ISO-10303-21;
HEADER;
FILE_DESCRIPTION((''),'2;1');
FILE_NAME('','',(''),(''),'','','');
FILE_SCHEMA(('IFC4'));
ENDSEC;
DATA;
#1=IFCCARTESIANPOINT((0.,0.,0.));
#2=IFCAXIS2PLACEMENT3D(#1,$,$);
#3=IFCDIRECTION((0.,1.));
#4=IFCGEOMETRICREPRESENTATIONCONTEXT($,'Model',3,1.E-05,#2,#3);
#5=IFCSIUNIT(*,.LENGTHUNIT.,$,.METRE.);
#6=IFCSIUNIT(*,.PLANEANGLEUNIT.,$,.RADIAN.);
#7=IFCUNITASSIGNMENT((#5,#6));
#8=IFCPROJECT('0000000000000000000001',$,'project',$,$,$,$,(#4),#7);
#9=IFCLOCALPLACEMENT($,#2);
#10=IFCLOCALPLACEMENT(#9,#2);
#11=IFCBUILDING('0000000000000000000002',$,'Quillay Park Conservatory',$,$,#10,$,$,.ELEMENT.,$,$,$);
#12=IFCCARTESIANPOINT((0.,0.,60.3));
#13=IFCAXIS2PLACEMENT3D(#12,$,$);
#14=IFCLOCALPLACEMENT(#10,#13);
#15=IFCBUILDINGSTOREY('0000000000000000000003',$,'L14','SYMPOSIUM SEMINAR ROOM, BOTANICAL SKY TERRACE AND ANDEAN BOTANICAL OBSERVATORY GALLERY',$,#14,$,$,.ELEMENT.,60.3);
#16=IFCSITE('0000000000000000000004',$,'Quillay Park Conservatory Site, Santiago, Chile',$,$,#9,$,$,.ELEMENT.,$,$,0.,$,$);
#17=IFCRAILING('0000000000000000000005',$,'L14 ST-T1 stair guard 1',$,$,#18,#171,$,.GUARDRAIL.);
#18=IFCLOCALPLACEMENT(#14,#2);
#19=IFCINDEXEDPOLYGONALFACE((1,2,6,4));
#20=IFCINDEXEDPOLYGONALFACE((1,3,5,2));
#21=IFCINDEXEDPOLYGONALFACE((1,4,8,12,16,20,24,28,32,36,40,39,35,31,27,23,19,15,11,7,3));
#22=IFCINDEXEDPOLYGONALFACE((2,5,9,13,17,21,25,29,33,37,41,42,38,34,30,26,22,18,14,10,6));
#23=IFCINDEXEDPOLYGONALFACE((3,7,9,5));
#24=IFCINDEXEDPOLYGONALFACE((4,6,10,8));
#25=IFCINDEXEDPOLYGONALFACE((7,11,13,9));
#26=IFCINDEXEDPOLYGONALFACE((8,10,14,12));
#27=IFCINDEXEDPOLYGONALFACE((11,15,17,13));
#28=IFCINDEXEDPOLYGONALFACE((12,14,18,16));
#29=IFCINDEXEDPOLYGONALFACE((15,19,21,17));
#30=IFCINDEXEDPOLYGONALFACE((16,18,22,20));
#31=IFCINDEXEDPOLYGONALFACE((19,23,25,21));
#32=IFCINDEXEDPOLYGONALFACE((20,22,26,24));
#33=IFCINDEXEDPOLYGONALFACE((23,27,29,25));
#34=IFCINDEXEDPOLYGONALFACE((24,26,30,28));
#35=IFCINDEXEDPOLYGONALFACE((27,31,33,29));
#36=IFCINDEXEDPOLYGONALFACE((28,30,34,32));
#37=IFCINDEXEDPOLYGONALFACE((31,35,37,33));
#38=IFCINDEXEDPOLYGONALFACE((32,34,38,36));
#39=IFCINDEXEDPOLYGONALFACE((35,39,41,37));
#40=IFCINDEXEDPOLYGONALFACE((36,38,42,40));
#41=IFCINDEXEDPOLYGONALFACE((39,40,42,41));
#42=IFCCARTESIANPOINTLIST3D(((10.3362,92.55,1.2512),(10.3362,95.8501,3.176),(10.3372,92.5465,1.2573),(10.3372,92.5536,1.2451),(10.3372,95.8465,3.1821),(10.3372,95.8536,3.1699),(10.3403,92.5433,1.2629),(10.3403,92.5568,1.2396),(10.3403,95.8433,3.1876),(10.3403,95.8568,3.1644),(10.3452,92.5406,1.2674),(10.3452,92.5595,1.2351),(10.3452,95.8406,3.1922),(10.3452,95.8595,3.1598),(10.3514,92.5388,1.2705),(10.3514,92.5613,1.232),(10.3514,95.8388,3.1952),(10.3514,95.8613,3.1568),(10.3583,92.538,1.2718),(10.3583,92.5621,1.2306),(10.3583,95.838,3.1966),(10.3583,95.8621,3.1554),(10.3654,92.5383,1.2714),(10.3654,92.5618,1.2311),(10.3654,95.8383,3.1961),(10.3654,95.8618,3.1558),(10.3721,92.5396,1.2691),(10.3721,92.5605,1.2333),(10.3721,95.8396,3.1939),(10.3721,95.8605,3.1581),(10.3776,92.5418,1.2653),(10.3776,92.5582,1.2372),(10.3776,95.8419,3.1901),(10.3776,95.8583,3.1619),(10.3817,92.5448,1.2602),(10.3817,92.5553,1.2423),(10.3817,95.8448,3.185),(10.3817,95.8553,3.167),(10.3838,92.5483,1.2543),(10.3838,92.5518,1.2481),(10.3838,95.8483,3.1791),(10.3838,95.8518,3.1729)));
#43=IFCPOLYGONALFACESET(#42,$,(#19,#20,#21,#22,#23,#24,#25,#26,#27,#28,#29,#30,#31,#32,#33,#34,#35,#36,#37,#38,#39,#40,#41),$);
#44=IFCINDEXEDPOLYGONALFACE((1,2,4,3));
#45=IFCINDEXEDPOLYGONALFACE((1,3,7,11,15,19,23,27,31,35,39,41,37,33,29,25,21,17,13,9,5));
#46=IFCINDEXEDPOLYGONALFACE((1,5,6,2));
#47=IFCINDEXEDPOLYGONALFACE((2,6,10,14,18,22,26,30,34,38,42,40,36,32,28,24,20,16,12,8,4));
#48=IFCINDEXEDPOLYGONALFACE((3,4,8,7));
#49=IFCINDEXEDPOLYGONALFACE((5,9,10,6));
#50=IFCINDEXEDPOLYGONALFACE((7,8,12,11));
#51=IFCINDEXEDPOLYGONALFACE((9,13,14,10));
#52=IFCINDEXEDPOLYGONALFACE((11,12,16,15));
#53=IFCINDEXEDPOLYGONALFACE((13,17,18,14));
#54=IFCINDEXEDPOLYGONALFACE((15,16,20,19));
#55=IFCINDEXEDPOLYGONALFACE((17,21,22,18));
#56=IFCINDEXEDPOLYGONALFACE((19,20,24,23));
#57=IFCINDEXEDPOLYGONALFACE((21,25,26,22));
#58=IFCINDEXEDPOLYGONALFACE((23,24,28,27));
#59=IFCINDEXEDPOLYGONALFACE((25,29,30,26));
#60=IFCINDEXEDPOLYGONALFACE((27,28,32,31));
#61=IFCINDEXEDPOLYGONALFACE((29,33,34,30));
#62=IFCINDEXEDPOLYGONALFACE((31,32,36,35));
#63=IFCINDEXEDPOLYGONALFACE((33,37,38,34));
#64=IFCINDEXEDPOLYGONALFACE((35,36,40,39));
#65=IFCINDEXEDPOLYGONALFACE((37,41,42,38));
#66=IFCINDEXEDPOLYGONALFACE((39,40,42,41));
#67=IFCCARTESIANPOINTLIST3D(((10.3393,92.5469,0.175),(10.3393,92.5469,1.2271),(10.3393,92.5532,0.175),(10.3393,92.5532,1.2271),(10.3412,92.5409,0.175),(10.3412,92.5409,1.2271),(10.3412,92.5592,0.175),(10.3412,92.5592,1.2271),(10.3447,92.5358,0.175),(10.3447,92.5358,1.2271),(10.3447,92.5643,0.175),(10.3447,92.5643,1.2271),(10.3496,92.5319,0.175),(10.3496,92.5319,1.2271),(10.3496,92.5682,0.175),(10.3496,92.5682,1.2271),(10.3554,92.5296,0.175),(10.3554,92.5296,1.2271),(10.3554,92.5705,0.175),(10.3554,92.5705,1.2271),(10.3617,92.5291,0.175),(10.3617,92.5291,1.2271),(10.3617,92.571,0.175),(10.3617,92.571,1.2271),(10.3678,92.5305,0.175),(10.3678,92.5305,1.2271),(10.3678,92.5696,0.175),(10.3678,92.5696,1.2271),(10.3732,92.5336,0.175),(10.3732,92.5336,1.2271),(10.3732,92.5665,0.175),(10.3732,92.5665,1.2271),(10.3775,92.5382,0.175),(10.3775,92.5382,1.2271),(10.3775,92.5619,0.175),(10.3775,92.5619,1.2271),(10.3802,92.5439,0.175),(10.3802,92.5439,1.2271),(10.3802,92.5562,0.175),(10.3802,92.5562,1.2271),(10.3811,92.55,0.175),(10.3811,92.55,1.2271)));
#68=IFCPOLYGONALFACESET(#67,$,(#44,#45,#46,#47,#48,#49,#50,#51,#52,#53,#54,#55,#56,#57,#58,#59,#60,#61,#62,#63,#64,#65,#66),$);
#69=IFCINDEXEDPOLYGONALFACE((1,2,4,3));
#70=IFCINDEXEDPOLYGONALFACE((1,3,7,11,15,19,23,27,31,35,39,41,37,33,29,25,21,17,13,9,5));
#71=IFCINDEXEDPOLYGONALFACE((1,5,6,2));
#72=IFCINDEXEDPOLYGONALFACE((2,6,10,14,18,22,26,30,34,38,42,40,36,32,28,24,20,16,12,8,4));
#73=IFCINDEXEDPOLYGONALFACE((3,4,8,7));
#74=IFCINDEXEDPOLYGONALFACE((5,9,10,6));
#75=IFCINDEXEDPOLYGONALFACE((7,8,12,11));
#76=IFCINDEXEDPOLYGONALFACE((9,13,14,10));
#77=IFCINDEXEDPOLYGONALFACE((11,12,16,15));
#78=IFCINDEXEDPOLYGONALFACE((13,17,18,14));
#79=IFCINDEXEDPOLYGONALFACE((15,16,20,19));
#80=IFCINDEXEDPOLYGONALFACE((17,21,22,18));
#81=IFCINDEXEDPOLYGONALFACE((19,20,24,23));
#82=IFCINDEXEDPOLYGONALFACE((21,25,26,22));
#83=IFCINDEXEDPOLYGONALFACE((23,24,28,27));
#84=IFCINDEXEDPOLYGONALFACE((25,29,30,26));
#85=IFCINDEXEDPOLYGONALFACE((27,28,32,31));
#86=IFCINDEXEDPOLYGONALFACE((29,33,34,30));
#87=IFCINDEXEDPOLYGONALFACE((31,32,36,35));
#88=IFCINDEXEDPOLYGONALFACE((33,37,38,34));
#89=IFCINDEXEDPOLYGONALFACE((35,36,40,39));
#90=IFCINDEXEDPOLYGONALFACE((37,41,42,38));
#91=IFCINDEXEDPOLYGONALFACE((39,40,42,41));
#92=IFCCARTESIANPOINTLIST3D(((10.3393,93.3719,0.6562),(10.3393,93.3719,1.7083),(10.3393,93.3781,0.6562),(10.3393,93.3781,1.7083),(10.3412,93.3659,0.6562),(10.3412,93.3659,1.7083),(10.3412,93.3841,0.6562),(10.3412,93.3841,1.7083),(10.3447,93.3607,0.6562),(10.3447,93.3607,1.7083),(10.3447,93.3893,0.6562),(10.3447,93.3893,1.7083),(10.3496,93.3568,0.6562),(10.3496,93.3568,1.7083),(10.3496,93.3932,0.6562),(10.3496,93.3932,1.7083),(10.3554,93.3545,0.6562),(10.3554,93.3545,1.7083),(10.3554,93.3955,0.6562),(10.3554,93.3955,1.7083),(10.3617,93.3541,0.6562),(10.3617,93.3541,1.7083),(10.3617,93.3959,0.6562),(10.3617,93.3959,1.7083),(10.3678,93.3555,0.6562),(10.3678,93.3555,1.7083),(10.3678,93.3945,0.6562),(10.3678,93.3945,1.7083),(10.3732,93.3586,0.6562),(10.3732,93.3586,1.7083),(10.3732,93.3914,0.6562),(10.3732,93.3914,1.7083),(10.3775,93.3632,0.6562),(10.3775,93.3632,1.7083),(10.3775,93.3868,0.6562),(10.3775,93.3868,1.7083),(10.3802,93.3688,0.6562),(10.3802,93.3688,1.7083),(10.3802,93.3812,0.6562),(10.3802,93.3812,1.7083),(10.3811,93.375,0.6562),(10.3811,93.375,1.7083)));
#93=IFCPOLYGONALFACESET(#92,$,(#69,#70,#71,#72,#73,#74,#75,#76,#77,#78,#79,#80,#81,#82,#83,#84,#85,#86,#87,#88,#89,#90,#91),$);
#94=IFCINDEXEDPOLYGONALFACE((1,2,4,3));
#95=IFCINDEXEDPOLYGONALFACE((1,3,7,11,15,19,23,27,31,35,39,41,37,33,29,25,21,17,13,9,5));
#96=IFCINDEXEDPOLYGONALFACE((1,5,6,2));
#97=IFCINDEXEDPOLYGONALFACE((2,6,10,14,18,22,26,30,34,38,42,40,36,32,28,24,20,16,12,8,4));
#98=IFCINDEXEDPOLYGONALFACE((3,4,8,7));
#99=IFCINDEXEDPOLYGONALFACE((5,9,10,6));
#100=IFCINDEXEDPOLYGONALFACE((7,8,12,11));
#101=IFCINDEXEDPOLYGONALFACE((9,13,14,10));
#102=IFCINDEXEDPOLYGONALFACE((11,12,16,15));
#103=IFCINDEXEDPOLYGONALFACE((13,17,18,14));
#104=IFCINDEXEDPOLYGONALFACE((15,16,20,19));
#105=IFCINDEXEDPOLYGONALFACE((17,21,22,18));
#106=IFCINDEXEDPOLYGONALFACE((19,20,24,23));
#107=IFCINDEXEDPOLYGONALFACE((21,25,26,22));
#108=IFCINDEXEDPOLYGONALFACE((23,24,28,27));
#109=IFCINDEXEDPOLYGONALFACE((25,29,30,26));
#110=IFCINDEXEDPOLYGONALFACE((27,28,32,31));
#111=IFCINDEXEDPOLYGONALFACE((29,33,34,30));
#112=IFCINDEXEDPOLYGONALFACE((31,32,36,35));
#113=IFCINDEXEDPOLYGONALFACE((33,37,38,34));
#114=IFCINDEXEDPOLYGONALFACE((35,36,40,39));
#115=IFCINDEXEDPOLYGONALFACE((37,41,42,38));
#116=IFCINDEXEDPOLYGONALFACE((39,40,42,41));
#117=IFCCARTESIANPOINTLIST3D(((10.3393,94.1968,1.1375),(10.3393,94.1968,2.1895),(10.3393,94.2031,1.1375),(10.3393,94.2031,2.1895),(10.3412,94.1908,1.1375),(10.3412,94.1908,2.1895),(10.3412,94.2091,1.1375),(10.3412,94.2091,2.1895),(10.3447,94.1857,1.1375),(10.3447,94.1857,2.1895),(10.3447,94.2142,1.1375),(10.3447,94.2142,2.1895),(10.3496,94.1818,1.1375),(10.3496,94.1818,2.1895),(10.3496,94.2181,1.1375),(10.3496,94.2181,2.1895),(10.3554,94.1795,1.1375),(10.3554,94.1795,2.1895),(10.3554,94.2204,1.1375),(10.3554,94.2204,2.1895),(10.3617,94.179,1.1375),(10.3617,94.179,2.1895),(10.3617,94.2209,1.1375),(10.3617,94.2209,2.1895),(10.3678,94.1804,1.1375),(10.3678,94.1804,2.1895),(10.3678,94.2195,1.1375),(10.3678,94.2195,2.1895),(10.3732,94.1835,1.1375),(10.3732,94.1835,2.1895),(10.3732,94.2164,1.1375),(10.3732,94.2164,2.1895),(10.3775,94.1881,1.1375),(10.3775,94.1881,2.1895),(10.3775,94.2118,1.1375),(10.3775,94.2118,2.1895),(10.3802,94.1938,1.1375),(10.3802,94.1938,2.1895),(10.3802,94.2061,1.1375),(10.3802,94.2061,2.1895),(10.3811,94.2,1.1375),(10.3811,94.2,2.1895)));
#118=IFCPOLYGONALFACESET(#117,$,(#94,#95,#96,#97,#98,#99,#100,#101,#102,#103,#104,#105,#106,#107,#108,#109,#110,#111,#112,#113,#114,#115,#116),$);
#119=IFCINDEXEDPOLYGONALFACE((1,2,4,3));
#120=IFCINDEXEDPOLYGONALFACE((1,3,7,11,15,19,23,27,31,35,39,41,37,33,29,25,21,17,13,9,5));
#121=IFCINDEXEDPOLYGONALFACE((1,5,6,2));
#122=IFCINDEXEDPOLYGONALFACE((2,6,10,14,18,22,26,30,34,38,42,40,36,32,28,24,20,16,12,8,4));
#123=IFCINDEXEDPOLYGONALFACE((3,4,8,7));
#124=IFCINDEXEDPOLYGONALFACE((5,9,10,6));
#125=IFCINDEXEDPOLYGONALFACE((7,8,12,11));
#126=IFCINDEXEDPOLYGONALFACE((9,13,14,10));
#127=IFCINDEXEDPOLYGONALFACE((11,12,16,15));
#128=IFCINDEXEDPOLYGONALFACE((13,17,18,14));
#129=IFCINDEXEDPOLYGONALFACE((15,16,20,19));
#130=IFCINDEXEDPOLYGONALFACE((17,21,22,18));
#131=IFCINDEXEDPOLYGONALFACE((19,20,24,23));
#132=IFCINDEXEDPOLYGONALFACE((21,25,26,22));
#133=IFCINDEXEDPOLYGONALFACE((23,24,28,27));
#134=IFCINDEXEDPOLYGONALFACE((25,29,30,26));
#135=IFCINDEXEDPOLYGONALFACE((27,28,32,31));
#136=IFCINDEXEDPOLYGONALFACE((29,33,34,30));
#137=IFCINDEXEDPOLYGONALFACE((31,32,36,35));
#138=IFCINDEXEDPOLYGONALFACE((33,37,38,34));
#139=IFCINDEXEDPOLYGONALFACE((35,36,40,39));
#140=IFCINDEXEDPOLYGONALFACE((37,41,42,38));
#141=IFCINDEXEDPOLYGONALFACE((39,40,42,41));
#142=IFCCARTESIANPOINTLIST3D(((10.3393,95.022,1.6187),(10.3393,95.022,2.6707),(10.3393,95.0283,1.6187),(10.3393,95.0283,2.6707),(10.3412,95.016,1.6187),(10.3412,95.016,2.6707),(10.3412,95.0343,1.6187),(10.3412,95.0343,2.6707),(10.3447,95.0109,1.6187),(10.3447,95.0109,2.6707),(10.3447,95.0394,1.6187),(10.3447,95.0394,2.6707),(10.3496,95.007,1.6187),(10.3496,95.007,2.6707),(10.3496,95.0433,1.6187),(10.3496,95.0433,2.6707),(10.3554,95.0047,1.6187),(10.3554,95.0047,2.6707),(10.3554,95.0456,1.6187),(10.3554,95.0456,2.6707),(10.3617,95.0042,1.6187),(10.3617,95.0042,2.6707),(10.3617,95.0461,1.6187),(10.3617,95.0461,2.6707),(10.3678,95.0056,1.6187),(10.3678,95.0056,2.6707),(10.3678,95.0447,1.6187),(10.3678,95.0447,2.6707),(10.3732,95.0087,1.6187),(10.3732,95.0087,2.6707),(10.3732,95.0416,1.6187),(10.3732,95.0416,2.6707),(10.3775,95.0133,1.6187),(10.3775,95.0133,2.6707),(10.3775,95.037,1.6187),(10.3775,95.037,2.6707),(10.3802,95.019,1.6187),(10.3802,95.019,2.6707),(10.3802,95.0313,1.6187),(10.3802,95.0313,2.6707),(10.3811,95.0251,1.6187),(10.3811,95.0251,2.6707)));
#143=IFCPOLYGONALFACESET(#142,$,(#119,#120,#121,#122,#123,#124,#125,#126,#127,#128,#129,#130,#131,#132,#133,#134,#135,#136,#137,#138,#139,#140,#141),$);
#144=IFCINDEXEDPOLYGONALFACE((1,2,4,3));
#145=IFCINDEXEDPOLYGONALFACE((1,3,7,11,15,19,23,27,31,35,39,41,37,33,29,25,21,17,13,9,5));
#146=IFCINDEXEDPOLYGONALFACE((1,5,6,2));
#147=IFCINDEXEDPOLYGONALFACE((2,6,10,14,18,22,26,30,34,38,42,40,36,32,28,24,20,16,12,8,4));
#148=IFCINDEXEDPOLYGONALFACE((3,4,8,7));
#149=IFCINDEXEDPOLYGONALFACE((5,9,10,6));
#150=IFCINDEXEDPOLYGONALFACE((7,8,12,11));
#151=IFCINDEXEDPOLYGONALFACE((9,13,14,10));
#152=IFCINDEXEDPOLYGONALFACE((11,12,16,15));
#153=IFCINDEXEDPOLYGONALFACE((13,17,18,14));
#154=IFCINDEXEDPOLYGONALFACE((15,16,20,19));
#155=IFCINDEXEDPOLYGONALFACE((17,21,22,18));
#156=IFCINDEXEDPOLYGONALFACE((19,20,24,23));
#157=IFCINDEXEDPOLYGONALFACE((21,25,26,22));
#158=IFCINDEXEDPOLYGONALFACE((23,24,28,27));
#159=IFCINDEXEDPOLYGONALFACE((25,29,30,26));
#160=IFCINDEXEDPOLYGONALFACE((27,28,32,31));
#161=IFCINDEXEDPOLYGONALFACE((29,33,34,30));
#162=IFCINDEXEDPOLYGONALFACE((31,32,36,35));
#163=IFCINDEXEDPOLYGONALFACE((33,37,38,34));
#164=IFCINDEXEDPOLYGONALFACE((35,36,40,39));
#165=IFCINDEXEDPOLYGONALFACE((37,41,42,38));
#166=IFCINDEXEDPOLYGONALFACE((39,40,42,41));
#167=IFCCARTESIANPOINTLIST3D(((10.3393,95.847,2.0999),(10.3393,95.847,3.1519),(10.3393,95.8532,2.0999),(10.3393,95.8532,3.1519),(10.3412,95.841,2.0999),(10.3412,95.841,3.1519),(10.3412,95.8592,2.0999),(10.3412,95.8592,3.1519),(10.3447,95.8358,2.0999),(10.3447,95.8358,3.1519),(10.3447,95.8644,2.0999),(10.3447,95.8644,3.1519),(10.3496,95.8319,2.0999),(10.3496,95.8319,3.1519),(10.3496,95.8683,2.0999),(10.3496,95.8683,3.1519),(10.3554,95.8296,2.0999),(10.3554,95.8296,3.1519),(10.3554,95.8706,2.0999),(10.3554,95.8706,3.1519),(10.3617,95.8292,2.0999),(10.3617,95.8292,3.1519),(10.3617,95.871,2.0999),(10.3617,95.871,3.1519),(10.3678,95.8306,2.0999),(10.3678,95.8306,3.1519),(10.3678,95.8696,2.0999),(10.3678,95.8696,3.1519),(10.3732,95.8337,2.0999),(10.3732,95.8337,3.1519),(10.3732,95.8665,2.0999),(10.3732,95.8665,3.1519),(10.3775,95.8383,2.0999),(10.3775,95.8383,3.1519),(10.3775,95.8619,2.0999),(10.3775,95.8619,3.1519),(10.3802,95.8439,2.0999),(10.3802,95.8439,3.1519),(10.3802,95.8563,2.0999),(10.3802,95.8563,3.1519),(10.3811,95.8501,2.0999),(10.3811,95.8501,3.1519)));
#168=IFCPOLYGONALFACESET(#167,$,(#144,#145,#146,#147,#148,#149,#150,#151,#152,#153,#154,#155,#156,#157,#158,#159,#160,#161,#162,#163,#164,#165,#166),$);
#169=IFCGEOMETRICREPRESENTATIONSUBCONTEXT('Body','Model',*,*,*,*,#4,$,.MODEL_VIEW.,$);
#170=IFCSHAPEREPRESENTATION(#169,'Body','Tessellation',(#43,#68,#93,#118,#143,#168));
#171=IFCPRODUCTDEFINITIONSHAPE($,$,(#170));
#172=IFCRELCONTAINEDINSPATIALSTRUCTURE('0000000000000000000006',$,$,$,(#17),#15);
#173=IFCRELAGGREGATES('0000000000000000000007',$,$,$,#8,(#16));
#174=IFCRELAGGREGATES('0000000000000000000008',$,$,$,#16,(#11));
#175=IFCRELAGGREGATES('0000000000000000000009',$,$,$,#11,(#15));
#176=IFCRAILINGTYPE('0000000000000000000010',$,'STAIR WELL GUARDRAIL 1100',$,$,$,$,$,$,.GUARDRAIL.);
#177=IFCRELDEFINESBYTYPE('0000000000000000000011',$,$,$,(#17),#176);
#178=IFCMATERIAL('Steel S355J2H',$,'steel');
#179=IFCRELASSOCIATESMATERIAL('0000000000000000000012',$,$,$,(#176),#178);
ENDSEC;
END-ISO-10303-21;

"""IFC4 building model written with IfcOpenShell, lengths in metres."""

from ifc_helpers import new_model, si_unit, direction, frame, origin, origin_2d, place, context, subcontext, project, spatial, circle, extrude, material, type_object, element, save


model = new_model("IFC4")

# Units and contexts
model_context = context("Model", 3, precision=1e-05, world=origin(), true_north=direction((0.0, 1.0)))
body_context = subcontext(model_context, "Body", "Model", "MODEL_VIEW")
ifc_project = project(units=[si_unit("LENGTHUNIT", "METRE"), si_unit("PLANEANGLEUNIT", "RADIAN")], contexts=[model_context])

# Site, building, storey
site_placement = place(None, origin())
site = spatial("IfcSite", under=ifc_project, at=site_placement, Name="Quillay Park Conservatory Site, Santiago, Chile", CompositionType="ELEMENT", RefElevation=0.0)
building_placement = place(site_placement, origin())
building = spatial("IfcBuilding", under=site, at=building_placement, Name="Quillay Park Conservatory", CompositionType="ELEMENT")
storey_placement = place(building_placement, frame((0.0, 0.0, 60.3)))
storey = spatial("IfcBuildingStorey", under=building, at=storey_placement, Name="L14", Description="SYMPOSIUM SEMINAR ROOM, BOTANICAL SKY TERRACE AND ANDEAN BOTANICAL OBSERVATORY GALLERY", CompositionType="ELEMENT", Elevation=60.3)

# Railing
ifc_material_1 = material(Name="Steel S355J2H", Category="steel")
railing_type_1 = type_object("IfcRailingType", Name="STAIR WELL GUARDRAIL 1100", PredefinedType="GUARDRAIL", material=ifc_material_1)
railing_1_placement = place(storey_placement, frame((10.3601, 92.55, 0.175)))
element("IfcRailing", 1, at=railing_1_placement, inside=storey, type_object=railing_type_1, Name="L14 ST-T1 stair guard 1", PredefinedType="GUARDRAIL", context=body_context, shape_type="SweptSolid", body=[
    extrude(circle(Radius=0.0239, at=origin_2d()), frame((0.0, 0.0, 1.0762), z_axis=(0.0, 0.863804, 0.503827), x_axis=(-1.0, 0.0, 0.0)), (0.0, 0.0, 1.0), 3.8203),
    extrude(circle(Radius=0.021, at=origin_2d()), origin(), (0.0, 0.0, 1.0), 1.052),
    extrude(circle(Radius=0.021, at=origin_2d()), frame((0.0, 0.825, 0.4812)), (0.0, 0.0, 1.0), 1.052),
    extrude(circle(Radius=0.021, at=origin_2d()), frame((0.0, 1.6499, 0.9624)), (0.0, 0.0, 1.0), 1.052),
    extrude(circle(Radius=0.021, at=origin_2d()), frame((0.0, 2.4751, 1.4436)), (0.0, 0.0, 1.0), 1.052),
    extrude(circle(Radius=0.021, at=origin_2d()), frame((0.0, 3.3, 1.9248)), (0.0, 0.0, 1.0), 1.052),
])

save(model, "model.ifc")
